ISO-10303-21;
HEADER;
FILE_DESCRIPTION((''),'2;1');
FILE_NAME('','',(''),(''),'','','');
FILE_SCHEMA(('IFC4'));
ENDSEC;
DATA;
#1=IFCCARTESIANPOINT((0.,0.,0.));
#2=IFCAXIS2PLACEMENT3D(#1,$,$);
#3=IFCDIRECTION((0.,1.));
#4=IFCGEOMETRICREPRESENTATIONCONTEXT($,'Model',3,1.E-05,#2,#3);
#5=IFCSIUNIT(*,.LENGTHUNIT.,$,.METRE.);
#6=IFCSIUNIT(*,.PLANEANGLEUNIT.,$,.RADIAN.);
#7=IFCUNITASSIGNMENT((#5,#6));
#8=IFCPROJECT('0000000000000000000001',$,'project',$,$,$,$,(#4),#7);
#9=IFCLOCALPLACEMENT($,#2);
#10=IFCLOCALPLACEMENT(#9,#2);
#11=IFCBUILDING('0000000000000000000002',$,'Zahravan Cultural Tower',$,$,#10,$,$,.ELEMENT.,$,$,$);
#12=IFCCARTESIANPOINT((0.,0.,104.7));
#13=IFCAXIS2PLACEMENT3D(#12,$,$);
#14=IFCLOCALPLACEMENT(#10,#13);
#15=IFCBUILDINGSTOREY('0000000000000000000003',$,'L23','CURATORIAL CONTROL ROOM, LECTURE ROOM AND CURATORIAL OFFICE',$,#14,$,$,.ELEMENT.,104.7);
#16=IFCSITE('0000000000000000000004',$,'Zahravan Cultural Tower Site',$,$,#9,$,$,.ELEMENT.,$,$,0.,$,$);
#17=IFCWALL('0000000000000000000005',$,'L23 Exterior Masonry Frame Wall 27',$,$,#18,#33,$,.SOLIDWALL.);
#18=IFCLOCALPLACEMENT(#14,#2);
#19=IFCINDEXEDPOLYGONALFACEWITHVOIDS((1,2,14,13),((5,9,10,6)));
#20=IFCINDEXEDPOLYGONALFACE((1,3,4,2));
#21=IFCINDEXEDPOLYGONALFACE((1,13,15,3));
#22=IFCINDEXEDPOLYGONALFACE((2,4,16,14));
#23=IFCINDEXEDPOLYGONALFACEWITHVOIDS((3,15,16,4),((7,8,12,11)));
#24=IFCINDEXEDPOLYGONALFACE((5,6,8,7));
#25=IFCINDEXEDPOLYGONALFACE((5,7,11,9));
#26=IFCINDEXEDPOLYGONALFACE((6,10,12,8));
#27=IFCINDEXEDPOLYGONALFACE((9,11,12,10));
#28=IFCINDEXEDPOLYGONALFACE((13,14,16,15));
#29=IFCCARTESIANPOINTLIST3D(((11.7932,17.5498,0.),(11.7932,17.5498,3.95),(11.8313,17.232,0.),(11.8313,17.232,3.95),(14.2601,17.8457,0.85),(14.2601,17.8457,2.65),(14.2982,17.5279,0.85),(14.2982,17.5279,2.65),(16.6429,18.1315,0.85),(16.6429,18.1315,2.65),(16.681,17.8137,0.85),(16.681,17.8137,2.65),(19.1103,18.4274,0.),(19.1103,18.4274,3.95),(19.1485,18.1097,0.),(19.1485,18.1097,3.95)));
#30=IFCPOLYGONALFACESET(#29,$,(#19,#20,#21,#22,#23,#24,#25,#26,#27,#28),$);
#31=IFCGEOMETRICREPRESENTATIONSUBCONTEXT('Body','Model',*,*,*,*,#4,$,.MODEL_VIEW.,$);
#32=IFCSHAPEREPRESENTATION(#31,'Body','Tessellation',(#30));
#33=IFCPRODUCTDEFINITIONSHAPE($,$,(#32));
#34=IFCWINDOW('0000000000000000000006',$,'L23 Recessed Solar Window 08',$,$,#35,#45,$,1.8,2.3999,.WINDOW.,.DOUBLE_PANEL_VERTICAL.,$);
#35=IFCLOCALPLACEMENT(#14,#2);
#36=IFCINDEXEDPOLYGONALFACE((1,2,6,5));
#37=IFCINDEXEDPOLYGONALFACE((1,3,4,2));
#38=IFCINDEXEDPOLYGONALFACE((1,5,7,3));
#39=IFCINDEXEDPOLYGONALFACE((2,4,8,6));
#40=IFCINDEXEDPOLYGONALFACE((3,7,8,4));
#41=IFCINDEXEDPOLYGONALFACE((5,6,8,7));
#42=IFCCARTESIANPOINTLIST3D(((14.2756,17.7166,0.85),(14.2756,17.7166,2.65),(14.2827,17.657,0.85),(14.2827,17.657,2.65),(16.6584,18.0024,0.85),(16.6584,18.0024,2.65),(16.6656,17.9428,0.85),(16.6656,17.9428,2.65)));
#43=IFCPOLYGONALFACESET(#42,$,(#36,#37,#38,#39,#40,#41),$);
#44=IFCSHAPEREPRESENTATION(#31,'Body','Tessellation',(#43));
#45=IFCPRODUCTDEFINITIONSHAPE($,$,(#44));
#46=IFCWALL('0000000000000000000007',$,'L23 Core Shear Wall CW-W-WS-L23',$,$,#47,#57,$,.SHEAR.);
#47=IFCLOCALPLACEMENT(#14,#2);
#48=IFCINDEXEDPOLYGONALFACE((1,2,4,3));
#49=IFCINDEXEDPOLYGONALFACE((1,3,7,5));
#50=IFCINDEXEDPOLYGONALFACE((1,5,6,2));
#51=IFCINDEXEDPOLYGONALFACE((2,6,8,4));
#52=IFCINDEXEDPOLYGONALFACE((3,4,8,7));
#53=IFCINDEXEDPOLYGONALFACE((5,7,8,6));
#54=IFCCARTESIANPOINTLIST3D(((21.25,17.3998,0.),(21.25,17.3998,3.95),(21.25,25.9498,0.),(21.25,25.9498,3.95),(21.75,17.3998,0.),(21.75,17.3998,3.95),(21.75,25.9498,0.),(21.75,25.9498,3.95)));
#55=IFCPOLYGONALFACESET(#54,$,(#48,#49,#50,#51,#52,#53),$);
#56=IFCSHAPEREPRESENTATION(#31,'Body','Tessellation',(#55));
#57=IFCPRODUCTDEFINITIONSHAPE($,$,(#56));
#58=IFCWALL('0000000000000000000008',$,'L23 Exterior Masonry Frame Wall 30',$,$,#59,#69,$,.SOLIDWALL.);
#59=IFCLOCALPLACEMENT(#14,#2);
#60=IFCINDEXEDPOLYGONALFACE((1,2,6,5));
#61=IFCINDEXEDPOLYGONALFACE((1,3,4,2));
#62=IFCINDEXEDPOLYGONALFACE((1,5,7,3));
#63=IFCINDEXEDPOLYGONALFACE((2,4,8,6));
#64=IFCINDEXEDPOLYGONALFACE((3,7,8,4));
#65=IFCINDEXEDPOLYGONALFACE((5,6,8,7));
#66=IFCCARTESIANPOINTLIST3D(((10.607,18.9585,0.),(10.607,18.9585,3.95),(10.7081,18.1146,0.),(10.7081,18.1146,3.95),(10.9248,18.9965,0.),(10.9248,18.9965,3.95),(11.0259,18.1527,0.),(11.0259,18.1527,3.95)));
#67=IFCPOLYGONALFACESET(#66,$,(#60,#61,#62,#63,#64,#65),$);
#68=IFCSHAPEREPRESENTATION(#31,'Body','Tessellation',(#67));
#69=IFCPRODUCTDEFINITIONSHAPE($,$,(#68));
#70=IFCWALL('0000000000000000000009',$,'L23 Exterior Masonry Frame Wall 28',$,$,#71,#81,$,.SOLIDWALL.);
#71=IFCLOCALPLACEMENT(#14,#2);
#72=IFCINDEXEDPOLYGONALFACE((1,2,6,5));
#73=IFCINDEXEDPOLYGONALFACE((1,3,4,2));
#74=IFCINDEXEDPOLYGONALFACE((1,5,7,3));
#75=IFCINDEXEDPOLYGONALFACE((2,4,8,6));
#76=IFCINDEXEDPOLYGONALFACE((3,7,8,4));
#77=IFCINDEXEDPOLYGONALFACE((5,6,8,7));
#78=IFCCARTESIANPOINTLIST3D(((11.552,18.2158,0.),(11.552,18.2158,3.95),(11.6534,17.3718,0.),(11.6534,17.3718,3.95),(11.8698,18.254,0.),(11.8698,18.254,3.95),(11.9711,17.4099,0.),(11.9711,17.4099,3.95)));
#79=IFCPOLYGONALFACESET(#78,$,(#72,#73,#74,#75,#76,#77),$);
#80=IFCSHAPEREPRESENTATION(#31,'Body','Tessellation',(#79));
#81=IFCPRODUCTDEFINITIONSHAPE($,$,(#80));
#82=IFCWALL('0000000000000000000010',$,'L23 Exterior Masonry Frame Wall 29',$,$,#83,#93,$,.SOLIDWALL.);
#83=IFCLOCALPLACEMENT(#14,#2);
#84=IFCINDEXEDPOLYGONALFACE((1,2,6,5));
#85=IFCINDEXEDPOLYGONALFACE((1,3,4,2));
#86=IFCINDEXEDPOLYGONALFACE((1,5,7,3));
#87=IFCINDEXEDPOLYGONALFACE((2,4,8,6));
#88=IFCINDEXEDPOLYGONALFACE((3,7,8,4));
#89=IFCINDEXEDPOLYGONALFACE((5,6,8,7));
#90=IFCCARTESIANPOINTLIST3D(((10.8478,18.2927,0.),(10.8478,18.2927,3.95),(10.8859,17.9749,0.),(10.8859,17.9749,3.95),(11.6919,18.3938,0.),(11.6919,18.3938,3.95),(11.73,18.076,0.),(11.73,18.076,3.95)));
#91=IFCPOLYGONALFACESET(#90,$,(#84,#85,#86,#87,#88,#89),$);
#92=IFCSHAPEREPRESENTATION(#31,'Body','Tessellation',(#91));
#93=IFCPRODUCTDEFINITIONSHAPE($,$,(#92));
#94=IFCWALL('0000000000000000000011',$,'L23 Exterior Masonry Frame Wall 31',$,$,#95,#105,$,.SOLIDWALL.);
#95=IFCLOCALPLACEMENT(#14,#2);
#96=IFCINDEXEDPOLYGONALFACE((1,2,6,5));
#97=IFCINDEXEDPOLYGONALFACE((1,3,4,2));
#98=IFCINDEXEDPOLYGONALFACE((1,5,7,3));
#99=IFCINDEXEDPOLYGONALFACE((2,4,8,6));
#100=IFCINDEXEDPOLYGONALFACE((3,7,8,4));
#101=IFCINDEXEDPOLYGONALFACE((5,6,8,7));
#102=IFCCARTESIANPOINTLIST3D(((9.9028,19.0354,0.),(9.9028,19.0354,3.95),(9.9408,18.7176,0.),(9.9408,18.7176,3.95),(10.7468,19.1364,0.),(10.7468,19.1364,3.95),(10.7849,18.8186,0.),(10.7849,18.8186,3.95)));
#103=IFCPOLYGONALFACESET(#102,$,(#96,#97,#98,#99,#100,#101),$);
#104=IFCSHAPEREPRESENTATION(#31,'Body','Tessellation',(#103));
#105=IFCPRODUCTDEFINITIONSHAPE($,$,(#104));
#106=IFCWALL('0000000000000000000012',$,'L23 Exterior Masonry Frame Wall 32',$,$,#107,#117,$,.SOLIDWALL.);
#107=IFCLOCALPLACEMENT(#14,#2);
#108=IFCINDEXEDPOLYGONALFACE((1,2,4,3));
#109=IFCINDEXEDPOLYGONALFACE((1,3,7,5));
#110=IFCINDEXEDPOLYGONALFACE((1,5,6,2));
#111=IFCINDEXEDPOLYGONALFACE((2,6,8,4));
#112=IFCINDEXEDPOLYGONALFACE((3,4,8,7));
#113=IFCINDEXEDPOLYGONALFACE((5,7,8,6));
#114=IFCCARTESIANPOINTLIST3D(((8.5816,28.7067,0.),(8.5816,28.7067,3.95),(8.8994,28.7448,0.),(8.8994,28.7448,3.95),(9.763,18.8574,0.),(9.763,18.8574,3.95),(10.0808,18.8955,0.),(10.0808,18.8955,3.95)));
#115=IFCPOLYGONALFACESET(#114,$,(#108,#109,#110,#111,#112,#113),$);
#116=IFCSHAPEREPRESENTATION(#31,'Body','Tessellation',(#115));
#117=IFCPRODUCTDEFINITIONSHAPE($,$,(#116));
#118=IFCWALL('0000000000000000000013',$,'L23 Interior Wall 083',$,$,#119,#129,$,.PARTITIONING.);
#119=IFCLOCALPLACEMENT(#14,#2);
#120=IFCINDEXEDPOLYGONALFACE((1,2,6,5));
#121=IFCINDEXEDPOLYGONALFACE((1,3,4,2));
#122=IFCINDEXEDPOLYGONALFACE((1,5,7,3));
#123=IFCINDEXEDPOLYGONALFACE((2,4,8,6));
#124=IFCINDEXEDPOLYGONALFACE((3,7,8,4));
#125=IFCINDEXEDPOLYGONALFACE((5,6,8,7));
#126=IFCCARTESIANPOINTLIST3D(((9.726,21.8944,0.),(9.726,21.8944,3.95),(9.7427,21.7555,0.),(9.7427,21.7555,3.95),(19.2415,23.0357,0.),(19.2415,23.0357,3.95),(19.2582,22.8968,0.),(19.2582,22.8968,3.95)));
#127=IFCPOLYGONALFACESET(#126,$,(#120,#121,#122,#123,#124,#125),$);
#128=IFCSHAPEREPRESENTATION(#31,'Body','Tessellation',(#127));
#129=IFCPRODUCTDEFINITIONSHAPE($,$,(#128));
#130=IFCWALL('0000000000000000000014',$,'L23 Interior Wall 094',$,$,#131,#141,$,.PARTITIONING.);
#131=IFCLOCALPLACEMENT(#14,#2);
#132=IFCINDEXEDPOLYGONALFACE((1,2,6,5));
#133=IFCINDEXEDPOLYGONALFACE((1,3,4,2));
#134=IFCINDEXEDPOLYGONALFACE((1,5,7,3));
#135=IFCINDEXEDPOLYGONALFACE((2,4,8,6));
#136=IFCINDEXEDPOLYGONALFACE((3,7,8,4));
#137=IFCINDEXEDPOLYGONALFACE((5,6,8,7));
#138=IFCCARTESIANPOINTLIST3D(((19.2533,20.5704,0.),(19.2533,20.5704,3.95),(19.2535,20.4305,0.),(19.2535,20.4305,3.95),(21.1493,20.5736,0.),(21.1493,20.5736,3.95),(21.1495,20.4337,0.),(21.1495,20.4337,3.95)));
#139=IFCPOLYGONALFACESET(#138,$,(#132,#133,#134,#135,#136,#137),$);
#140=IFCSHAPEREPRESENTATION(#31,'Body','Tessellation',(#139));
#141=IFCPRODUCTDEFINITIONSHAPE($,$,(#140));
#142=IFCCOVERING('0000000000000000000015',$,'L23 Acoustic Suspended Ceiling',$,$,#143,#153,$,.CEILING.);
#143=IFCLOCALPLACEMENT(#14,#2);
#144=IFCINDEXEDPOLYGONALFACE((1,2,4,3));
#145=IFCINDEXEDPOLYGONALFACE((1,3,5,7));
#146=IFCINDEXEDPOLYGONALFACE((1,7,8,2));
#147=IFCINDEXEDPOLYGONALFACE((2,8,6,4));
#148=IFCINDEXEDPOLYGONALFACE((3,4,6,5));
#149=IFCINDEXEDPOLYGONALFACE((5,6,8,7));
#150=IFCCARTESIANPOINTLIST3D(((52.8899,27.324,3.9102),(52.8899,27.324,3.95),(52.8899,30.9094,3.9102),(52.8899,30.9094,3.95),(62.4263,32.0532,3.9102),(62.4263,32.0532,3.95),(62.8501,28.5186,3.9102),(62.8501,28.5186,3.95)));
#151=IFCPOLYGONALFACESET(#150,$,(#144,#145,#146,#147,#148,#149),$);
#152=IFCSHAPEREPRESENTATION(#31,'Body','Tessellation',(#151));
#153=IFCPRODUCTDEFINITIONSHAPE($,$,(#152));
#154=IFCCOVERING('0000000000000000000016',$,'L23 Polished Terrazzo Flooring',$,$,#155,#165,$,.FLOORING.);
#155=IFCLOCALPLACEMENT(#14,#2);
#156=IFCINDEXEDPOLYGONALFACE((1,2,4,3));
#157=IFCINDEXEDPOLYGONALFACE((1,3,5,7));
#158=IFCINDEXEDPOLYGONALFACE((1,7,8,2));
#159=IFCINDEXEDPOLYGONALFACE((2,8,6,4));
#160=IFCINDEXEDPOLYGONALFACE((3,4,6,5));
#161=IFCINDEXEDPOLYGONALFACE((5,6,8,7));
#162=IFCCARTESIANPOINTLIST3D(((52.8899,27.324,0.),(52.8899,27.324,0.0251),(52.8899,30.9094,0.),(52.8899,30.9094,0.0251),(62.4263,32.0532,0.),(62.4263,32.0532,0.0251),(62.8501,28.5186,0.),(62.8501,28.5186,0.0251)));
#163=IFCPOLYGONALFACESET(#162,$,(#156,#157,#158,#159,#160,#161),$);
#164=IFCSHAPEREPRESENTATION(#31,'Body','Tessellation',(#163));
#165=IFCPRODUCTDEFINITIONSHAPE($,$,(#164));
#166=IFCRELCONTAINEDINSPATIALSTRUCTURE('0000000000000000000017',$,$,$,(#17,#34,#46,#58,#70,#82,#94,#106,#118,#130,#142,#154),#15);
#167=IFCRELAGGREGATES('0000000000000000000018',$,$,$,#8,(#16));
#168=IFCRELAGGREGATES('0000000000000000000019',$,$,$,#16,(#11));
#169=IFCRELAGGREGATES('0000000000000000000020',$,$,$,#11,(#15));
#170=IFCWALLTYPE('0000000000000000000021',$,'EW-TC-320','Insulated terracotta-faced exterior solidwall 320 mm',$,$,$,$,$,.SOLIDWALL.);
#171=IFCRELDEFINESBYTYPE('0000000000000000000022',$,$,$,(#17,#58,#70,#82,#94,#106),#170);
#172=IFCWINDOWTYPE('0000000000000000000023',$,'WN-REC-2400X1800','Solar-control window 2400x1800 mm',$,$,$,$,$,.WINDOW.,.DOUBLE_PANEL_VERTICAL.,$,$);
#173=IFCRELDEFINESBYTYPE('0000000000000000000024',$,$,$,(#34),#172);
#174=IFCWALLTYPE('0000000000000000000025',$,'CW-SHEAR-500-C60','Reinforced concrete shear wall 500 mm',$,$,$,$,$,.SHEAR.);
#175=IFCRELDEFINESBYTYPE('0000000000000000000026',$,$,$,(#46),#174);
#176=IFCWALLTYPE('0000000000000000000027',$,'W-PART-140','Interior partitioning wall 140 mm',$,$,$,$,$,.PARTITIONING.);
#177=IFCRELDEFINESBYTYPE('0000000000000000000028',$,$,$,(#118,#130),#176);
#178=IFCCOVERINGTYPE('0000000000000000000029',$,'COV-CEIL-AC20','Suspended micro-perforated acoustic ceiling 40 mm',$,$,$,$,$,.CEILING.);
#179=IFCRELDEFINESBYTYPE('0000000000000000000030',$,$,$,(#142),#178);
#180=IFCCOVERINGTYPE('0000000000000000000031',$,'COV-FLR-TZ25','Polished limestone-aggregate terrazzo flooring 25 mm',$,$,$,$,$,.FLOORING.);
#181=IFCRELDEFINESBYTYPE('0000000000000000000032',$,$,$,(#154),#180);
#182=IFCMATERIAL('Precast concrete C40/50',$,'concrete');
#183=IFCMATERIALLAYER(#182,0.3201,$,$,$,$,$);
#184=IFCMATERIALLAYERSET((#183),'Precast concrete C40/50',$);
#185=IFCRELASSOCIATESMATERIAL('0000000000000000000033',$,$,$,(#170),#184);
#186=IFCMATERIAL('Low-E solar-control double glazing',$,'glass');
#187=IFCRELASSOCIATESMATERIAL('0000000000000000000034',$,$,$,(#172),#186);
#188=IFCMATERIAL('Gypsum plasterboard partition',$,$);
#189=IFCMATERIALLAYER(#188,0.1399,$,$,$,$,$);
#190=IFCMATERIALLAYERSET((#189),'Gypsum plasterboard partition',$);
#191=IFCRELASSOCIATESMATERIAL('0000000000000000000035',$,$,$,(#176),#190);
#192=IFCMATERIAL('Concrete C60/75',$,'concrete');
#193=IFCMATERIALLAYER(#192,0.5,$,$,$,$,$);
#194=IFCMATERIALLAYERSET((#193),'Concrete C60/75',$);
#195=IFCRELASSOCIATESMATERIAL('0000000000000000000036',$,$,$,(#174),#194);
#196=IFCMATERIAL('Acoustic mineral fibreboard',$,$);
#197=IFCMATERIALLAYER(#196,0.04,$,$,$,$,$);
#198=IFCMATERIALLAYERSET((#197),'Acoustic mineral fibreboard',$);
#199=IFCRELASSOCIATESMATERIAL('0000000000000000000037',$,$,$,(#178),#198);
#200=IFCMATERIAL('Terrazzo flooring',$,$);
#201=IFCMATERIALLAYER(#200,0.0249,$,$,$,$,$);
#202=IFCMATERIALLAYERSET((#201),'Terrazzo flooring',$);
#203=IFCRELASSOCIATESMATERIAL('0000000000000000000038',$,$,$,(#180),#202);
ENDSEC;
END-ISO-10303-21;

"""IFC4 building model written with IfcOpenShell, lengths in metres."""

from ifc_helpers import new_model, si_unit, direction, frame, frame_2d, origin, place, context, subcontext, project, spatial, polyline, rectangle, outline, extrude, source, transform, mapped, material, layer, layer_set, type_object, element, fill, save


model = new_model("IFC4")

# Units and contexts
model_context = context("Model", 3, precision=1e-05, world=origin(), true_north=direction((0.0, 1.0)))
body_context = subcontext(model_context, "Body", "Model", "MODEL_VIEW")
ifc_project = project(units=[si_unit("LENGTHUNIT", "METRE"), si_unit("PLANEANGLEUNIT", "RADIAN")], contexts=[model_context])

# Site, building, storey
site_placement = place(None, origin())
site = spatial("IfcSite", under=ifc_project, at=site_placement, Name="Zahravan Cultural Tower Site", CompositionType="ELEMENT", RefElevation=0.0)
building_placement = place(site_placement, origin())
building = spatial("IfcBuilding", under=site, at=building_placement, Name="Zahravan Cultural Tower", CompositionType="ELEMENT")
storey_placement = place(building_placement, frame((0.0, 0.0, 104.7)))
storey = spatial("IfcBuildingStorey", under=building, at=storey_placement, Name="L23", Description="CURATORIAL CONTROL ROOM, LECTURE ROOM AND CURATORIAL OFFICE", CompositionType="ELEMENT", Elevation=104.7)

# Wall, opening, window
ifc_material_1 = material(Name="Precast concrete C40/50", Category="concrete")
ifc_layer_1 = layer(ifc_material_1, 0.3201)
ifc_layer_set_1 = layer_set([ifc_layer_1], Name="Precast concrete C40/50")
wall_type_1 = type_object("IfcWallType", Name="EW-TC-320", Description="Insulated terracotta-faced exterior solidwall 320 mm", PredefinedType="SOLIDWALL", material=ifc_layer_set_1)
wall_1_placement = place(storey_placement, frame((19.1294, 18.2686, 0.0), z_axis=(0.0, 0.0, 1.0), x_axis=(-0.992883, -0.119096, 0.0)))
wall_1 = element("IfcWall", 1, at=wall_1_placement, inside=storey, type_object=wall_type_1, Name="L23 Exterior Masonry Frame Wall 27", PredefinedType="SOLIDWALL", context=body_context, shape_type="SweptSolid", body=[
    extrude(rectangle(XDim=7.3696, YDim=0.3201, at=frame_2d((3.6848, 0.0))), origin(), (0.0, 0.0, 1.0), 3.95),
])
opening_1_placement = place(wall_1_placement, frame((2.4851, 0.0, 0.8501)))
opening_1 = element("IfcOpeningElement", 2, at=opening_1_placement, cuts=wall_1, PredefinedType="OPENING", context=body_context, shape_type="SweptSolid", body=[
    extrude(rectangle(XDim=2.3999, YDim=1.8, at=frame_2d((1.2, 0.8999))), frame((0.0, 0.1699, 0.0), z_axis=(0.0, -1.0, 0.0), x_axis=(1.0, 0.0, 0.0)), (0.0, 0.0, 1.0), 0.3401),
])
ifc_material_2 = material(Name="Low-E solar-control double glazing", Category="glass")
window_type = type_object("IfcWindowType", Name="WN-REC-2400X1800", Description="Solar-control window 2400x1800 mm", PartitioningType="DOUBLE_PANEL_VERTICAL", PredefinedType="WINDOW", material=ifc_material_2)
shared_shape_1 = source(origin(), body_context, "Body", "SweptSolid", [
    extrude(rectangle(XDim=2.3999, YDim=1.8, at=frame_2d((1.2, 0.8999))), frame((0.0, 0.03, 0.0), z_axis=(0.0, -1.0, 0.0), x_axis=(1.0, 0.0, 0.0)), (0.0, 0.0, 1.0), 0.0601),
])
window_placement = place(opening_1_placement, origin())
window = element("IfcWindow", 3, at=window_placement, inside=storey, type_object=window_type, Name="L23 Recessed Solar Window 08", OverallHeight=1.8, OverallWidth=2.3999, PartitioningType="DOUBLE_PANEL_VERTICAL", PredefinedType="WINDOW", context=body_context, shape_type="MappedRepresentation", body=[
    mapped(shared_shape_1, transform((0.0, 0.0, 0.0), x_axis=(1.0, 0.0, 0.0), y_axis=(0.0, 1.0, 0.0), z_axis=(0.0, 0.0, 1.0), scale=1.0)),
])
fill(opening_1, window)

# Shared definitions
ifc_material_3 = material(Name="Gypsum plasterboard partition")
ifc_layer_2 = layer(ifc_material_3, 0.1399)
ifc_layer_set_2 = layer_set([ifc_layer_2], Name="Gypsum plasterboard partition")
wall_type_2 = type_object("IfcWallType", Name="W-PART-140", Description="Interior partitioning wall 140 mm", PredefinedType="PARTITIONING", material=ifc_layer_set_2)

# Walls
ifc_material_4 = material(Name="Concrete C60/75", Category="concrete")
ifc_layer_3 = layer(ifc_material_4, 0.5)
ifc_layer_set_3 = layer_set([ifc_layer_3], Name="Concrete C60/75")
wall_type_3 = type_object("IfcWallType", Name="CW-SHEAR-500-C60", Description="Reinforced concrete shear wall 500 mm", PredefinedType="SHEAR", material=ifc_layer_set_3)
shared_shape_2 = source(origin(), body_context, "Body", "SweptSolid", [
    extrude(rectangle(XDim=8.55, YDim=0.5, at=frame_2d((4.2749, 0.0))), origin(), (0.0, 0.0, 1.0), 3.95),
])
wall_2_placement = place(storey_placement, frame((21.5, 17.3999, 0.0), z_axis=(0.0, 0.0, 1.0), x_axis=(0.0, 1.0, 0.0)))
element("IfcWall", 4, at=wall_2_placement, inside=storey, type_object=wall_type_3, Name="L23 Core Shear Wall CW-W-WS-L23", PredefinedType="SHEAR", context=body_context, shape_type="MappedRepresentation", body=[
    mapped(shared_shape_2, transform((0.0, 0.0, 0.0), x_axis=(1.0, 0.0, 0.0), y_axis=(0.0, 1.0, 0.0), z_axis=(0.0, 0.0, 1.0), scale=1.0)),
])
shared_shape_3 = source(origin(), body_context, "Body", "SweptSolid", [
    extrude(rectangle(XDim=0.8499, YDim=0.3201, at=frame_2d((0.4248, 0.0))), origin(), (0.0, 0.0, 1.0), 3.95),
])
wall_3_placement = place(storey_placement, frame((10.8669, 18.1338, 0.0), z_axis=(0.0, 0.0, 1.0), x_axis=(-0.118941, 0.992901, 0.0)))
element("IfcWall", 5, at=wall_3_placement, inside=storey, type_object=wall_type_1, Name="L23 Exterior Masonry Frame Wall 30", PredefinedType="SOLIDWALL", context=body_context, shape_type="MappedRepresentation", body=[
    mapped(shared_shape_3, transform((0.0, 0.0, 0.0), x_axis=(1.0, 0.0, 0.0), y_axis=(0.0, 1.0, 0.0), z_axis=(0.0, 0.0, 1.0), scale=1.0)),
])
shared_shape_4 = source(origin(), body_context, "Body", "SweptSolid", [
    extrude(rectangle(XDim=0.8501, YDim=0.3201, at=frame_2d((0.425, 0.0))), origin(), (0.0, 0.0, 1.0), 3.95),
])
for number, where, z_axis, x_axis, name in (
    (6, (11.8123, 17.3909, 0.0), (0.0, 0.0, 1.0), (-0.119191, 0.992871, 0.0), "L23 Exterior Masonry Frame Wall 28"),
    (7, (11.7109, 18.2349, 0.0), (0.0, 0.0, 1.0), (-0.992905, -0.118907, 0.0), "L23 Exterior Masonry Frame Wall 29"),
    (8, (10.7659, 18.9775, 0.0), (0.0, 0.0, 1.0), (-0.992905, -0.118907, 0.0), "L23 Exterior Masonry Frame Wall 31"),
):
    element("IfcWall", number, at=place(storey_placement, frame(where, z_axis=z_axis, x_axis=x_axis)), inside=storey, type_object=wall_type_1, Name=name, PredefinedType="SOLIDWALL", context=body_context, shape_type="MappedRepresentation", body=[
        mapped(shared_shape_4, transform((0.0, 0.0, 0.0), x_axis=(1.0, 0.0, 0.0), y_axis=(0.0, 1.0, 0.0), z_axis=(0.0, 0.0, 1.0), scale=1.0)),
    ])
shared_shape_5 = source(origin(), body_context, "Body", "SweptSolid", [
    extrude(rectangle(XDim=9.9199, YDim=0.3201, at=frame_2d((4.96, 0.0))), origin(), (0.0, 0.0, 1.0), 3.95),
])
wall_4_placement = place(storey_placement, frame((9.9219, 18.8765, 0.0), z_axis=(0.0, 0.0, 1.0), x_axis=(-0.119093, 0.992883, 0.0)))
element("IfcWall", 9, at=wall_4_placement, inside=storey, type_object=wall_type_1, Name="L23 Exterior Masonry Frame Wall 32", PredefinedType="SOLIDWALL", context=body_context, shape_type="MappedRepresentation", body=[
    mapped(shared_shape_5, transform((0.0, 0.0, 0.0), x_axis=(1.0, 0.0, 0.0), y_axis=(0.0, 1.0, 0.0), z_axis=(0.0, 0.0, 1.0), scale=1.0)),
])
shared_shape_6 = source(origin(), body_context, "Body", "SweptSolid", [
    extrude(rectangle(XDim=9.5837, YDim=0.1399, at=frame_2d((4.792, 0.0))), origin(), (0.0, 0.0, 1.0), 3.95),
])
wall_5_placement = place(storey_placement, frame((19.25, 22.9663, 0.0), z_axis=(0.0, 0.0, 1.0), x_axis=(-0.992883, -0.119092, 0.0)))
element("IfcWall", 10, at=wall_5_placement, inside=storey, type_object=wall_type_2, Name="L23 Interior Wall 083", PredefinedType="PARTITIONING", context=body_context, shape_type="MappedRepresentation", body=[
    mapped(shared_shape_6, transform((0.0, 0.0, 0.0), x_axis=(1.0, 0.0, 0.0), y_axis=(0.0, 1.0, 0.0), z_axis=(0.0, 0.0, 1.0), scale=1.0)),
])
shared_shape_7 = source(origin(), body_context, "Body", "SweptSolid", [
    extrude(rectangle(XDim=1.896, YDim=0.1399, at=frame_2d((0.948, 0.0))), origin(), (0.0, 0.0, 1.0), 3.95),
])
wall_6_placement = place(storey_placement, frame((19.2534, 20.5005, 0.0), z_axis=(0.0, 0.0, 1.0), x_axis=(0.999999, 0.001674, 0.0)))
element("IfcWall", 11, at=wall_6_placement, inside=storey, type_object=wall_type_2, Name="L23 Interior Wall 094", PredefinedType="PARTITIONING", context=body_context, shape_type="MappedRepresentation", body=[
    mapped(shared_shape_7, transform((0.0, 0.0, 0.0), x_axis=(1.0, 0.0, 0.0), y_axis=(0.0, 1.0, 0.0), z_axis=(0.0, 0.0, 1.0), scale=1.0)),
])

# Coverings
ifc_material_5 = material(Name="Acoustic mineral fibreboard")
ifc_layer_4 = layer(ifc_material_5, 0.04)
ifc_layer_set_4 = layer_set([ifc_layer_4], Name="Acoustic mineral fibreboard")
covering_type_1 = type_object("IfcCoveringType", Name="COV-CEIL-AC20", Description="Suspended micro-perforated acoustic ceiling 40 mm", PredefinedType="CEILING", material=ifc_layer_set_4)
covering_1_placement = place(storey_placement, frame((0.0, 0.0, 3.9102)))
element("IfcCovering", 12, at=covering_1_placement, inside=storey, type_object=covering_type_1, Name="L23 Acoustic Suspended Ceiling", PredefinedType="CEILING", context=body_context, shape_type="SweptSolid", body=[
    extrude(outline(polyline([(62.8501, 28.5186), (62.4263, 32.0532), (52.8899, 30.9094), (52.8899, 27.324), (62.8501, 28.5186)])), origin(), (0.0, 0.0, 1.0), 0.0398),
])
ifc_material_6 = material(Name="Terrazzo flooring")
ifc_layer_5 = layer(ifc_material_6, 0.0249)
ifc_layer_set_5 = layer_set([ifc_layer_5], Name="Terrazzo flooring")
covering_type_2 = type_object("IfcCoveringType", Name="COV-FLR-TZ25", Description="Polished limestone-aggregate terrazzo flooring 25 mm", PredefinedType="FLOORING", material=ifc_layer_set_5)
covering_2_placement = place(storey_placement, origin())
element("IfcCovering", 13, at=covering_2_placement, inside=storey, type_object=covering_type_2, Name="L23 Polished Terrazzo Flooring", PredefinedType="FLOORING", context=body_context, shape_type="SweptSolid", body=[
    extrude(outline(polyline([(62.8501, 28.5186), (62.4263, 32.0532), (52.8899, 30.9094), (52.8899, 27.324), (62.8501, 28.5186)])), origin(), (0.0, 0.0, 1.0), 0.0251),
])

save(model, "model.ifc")
